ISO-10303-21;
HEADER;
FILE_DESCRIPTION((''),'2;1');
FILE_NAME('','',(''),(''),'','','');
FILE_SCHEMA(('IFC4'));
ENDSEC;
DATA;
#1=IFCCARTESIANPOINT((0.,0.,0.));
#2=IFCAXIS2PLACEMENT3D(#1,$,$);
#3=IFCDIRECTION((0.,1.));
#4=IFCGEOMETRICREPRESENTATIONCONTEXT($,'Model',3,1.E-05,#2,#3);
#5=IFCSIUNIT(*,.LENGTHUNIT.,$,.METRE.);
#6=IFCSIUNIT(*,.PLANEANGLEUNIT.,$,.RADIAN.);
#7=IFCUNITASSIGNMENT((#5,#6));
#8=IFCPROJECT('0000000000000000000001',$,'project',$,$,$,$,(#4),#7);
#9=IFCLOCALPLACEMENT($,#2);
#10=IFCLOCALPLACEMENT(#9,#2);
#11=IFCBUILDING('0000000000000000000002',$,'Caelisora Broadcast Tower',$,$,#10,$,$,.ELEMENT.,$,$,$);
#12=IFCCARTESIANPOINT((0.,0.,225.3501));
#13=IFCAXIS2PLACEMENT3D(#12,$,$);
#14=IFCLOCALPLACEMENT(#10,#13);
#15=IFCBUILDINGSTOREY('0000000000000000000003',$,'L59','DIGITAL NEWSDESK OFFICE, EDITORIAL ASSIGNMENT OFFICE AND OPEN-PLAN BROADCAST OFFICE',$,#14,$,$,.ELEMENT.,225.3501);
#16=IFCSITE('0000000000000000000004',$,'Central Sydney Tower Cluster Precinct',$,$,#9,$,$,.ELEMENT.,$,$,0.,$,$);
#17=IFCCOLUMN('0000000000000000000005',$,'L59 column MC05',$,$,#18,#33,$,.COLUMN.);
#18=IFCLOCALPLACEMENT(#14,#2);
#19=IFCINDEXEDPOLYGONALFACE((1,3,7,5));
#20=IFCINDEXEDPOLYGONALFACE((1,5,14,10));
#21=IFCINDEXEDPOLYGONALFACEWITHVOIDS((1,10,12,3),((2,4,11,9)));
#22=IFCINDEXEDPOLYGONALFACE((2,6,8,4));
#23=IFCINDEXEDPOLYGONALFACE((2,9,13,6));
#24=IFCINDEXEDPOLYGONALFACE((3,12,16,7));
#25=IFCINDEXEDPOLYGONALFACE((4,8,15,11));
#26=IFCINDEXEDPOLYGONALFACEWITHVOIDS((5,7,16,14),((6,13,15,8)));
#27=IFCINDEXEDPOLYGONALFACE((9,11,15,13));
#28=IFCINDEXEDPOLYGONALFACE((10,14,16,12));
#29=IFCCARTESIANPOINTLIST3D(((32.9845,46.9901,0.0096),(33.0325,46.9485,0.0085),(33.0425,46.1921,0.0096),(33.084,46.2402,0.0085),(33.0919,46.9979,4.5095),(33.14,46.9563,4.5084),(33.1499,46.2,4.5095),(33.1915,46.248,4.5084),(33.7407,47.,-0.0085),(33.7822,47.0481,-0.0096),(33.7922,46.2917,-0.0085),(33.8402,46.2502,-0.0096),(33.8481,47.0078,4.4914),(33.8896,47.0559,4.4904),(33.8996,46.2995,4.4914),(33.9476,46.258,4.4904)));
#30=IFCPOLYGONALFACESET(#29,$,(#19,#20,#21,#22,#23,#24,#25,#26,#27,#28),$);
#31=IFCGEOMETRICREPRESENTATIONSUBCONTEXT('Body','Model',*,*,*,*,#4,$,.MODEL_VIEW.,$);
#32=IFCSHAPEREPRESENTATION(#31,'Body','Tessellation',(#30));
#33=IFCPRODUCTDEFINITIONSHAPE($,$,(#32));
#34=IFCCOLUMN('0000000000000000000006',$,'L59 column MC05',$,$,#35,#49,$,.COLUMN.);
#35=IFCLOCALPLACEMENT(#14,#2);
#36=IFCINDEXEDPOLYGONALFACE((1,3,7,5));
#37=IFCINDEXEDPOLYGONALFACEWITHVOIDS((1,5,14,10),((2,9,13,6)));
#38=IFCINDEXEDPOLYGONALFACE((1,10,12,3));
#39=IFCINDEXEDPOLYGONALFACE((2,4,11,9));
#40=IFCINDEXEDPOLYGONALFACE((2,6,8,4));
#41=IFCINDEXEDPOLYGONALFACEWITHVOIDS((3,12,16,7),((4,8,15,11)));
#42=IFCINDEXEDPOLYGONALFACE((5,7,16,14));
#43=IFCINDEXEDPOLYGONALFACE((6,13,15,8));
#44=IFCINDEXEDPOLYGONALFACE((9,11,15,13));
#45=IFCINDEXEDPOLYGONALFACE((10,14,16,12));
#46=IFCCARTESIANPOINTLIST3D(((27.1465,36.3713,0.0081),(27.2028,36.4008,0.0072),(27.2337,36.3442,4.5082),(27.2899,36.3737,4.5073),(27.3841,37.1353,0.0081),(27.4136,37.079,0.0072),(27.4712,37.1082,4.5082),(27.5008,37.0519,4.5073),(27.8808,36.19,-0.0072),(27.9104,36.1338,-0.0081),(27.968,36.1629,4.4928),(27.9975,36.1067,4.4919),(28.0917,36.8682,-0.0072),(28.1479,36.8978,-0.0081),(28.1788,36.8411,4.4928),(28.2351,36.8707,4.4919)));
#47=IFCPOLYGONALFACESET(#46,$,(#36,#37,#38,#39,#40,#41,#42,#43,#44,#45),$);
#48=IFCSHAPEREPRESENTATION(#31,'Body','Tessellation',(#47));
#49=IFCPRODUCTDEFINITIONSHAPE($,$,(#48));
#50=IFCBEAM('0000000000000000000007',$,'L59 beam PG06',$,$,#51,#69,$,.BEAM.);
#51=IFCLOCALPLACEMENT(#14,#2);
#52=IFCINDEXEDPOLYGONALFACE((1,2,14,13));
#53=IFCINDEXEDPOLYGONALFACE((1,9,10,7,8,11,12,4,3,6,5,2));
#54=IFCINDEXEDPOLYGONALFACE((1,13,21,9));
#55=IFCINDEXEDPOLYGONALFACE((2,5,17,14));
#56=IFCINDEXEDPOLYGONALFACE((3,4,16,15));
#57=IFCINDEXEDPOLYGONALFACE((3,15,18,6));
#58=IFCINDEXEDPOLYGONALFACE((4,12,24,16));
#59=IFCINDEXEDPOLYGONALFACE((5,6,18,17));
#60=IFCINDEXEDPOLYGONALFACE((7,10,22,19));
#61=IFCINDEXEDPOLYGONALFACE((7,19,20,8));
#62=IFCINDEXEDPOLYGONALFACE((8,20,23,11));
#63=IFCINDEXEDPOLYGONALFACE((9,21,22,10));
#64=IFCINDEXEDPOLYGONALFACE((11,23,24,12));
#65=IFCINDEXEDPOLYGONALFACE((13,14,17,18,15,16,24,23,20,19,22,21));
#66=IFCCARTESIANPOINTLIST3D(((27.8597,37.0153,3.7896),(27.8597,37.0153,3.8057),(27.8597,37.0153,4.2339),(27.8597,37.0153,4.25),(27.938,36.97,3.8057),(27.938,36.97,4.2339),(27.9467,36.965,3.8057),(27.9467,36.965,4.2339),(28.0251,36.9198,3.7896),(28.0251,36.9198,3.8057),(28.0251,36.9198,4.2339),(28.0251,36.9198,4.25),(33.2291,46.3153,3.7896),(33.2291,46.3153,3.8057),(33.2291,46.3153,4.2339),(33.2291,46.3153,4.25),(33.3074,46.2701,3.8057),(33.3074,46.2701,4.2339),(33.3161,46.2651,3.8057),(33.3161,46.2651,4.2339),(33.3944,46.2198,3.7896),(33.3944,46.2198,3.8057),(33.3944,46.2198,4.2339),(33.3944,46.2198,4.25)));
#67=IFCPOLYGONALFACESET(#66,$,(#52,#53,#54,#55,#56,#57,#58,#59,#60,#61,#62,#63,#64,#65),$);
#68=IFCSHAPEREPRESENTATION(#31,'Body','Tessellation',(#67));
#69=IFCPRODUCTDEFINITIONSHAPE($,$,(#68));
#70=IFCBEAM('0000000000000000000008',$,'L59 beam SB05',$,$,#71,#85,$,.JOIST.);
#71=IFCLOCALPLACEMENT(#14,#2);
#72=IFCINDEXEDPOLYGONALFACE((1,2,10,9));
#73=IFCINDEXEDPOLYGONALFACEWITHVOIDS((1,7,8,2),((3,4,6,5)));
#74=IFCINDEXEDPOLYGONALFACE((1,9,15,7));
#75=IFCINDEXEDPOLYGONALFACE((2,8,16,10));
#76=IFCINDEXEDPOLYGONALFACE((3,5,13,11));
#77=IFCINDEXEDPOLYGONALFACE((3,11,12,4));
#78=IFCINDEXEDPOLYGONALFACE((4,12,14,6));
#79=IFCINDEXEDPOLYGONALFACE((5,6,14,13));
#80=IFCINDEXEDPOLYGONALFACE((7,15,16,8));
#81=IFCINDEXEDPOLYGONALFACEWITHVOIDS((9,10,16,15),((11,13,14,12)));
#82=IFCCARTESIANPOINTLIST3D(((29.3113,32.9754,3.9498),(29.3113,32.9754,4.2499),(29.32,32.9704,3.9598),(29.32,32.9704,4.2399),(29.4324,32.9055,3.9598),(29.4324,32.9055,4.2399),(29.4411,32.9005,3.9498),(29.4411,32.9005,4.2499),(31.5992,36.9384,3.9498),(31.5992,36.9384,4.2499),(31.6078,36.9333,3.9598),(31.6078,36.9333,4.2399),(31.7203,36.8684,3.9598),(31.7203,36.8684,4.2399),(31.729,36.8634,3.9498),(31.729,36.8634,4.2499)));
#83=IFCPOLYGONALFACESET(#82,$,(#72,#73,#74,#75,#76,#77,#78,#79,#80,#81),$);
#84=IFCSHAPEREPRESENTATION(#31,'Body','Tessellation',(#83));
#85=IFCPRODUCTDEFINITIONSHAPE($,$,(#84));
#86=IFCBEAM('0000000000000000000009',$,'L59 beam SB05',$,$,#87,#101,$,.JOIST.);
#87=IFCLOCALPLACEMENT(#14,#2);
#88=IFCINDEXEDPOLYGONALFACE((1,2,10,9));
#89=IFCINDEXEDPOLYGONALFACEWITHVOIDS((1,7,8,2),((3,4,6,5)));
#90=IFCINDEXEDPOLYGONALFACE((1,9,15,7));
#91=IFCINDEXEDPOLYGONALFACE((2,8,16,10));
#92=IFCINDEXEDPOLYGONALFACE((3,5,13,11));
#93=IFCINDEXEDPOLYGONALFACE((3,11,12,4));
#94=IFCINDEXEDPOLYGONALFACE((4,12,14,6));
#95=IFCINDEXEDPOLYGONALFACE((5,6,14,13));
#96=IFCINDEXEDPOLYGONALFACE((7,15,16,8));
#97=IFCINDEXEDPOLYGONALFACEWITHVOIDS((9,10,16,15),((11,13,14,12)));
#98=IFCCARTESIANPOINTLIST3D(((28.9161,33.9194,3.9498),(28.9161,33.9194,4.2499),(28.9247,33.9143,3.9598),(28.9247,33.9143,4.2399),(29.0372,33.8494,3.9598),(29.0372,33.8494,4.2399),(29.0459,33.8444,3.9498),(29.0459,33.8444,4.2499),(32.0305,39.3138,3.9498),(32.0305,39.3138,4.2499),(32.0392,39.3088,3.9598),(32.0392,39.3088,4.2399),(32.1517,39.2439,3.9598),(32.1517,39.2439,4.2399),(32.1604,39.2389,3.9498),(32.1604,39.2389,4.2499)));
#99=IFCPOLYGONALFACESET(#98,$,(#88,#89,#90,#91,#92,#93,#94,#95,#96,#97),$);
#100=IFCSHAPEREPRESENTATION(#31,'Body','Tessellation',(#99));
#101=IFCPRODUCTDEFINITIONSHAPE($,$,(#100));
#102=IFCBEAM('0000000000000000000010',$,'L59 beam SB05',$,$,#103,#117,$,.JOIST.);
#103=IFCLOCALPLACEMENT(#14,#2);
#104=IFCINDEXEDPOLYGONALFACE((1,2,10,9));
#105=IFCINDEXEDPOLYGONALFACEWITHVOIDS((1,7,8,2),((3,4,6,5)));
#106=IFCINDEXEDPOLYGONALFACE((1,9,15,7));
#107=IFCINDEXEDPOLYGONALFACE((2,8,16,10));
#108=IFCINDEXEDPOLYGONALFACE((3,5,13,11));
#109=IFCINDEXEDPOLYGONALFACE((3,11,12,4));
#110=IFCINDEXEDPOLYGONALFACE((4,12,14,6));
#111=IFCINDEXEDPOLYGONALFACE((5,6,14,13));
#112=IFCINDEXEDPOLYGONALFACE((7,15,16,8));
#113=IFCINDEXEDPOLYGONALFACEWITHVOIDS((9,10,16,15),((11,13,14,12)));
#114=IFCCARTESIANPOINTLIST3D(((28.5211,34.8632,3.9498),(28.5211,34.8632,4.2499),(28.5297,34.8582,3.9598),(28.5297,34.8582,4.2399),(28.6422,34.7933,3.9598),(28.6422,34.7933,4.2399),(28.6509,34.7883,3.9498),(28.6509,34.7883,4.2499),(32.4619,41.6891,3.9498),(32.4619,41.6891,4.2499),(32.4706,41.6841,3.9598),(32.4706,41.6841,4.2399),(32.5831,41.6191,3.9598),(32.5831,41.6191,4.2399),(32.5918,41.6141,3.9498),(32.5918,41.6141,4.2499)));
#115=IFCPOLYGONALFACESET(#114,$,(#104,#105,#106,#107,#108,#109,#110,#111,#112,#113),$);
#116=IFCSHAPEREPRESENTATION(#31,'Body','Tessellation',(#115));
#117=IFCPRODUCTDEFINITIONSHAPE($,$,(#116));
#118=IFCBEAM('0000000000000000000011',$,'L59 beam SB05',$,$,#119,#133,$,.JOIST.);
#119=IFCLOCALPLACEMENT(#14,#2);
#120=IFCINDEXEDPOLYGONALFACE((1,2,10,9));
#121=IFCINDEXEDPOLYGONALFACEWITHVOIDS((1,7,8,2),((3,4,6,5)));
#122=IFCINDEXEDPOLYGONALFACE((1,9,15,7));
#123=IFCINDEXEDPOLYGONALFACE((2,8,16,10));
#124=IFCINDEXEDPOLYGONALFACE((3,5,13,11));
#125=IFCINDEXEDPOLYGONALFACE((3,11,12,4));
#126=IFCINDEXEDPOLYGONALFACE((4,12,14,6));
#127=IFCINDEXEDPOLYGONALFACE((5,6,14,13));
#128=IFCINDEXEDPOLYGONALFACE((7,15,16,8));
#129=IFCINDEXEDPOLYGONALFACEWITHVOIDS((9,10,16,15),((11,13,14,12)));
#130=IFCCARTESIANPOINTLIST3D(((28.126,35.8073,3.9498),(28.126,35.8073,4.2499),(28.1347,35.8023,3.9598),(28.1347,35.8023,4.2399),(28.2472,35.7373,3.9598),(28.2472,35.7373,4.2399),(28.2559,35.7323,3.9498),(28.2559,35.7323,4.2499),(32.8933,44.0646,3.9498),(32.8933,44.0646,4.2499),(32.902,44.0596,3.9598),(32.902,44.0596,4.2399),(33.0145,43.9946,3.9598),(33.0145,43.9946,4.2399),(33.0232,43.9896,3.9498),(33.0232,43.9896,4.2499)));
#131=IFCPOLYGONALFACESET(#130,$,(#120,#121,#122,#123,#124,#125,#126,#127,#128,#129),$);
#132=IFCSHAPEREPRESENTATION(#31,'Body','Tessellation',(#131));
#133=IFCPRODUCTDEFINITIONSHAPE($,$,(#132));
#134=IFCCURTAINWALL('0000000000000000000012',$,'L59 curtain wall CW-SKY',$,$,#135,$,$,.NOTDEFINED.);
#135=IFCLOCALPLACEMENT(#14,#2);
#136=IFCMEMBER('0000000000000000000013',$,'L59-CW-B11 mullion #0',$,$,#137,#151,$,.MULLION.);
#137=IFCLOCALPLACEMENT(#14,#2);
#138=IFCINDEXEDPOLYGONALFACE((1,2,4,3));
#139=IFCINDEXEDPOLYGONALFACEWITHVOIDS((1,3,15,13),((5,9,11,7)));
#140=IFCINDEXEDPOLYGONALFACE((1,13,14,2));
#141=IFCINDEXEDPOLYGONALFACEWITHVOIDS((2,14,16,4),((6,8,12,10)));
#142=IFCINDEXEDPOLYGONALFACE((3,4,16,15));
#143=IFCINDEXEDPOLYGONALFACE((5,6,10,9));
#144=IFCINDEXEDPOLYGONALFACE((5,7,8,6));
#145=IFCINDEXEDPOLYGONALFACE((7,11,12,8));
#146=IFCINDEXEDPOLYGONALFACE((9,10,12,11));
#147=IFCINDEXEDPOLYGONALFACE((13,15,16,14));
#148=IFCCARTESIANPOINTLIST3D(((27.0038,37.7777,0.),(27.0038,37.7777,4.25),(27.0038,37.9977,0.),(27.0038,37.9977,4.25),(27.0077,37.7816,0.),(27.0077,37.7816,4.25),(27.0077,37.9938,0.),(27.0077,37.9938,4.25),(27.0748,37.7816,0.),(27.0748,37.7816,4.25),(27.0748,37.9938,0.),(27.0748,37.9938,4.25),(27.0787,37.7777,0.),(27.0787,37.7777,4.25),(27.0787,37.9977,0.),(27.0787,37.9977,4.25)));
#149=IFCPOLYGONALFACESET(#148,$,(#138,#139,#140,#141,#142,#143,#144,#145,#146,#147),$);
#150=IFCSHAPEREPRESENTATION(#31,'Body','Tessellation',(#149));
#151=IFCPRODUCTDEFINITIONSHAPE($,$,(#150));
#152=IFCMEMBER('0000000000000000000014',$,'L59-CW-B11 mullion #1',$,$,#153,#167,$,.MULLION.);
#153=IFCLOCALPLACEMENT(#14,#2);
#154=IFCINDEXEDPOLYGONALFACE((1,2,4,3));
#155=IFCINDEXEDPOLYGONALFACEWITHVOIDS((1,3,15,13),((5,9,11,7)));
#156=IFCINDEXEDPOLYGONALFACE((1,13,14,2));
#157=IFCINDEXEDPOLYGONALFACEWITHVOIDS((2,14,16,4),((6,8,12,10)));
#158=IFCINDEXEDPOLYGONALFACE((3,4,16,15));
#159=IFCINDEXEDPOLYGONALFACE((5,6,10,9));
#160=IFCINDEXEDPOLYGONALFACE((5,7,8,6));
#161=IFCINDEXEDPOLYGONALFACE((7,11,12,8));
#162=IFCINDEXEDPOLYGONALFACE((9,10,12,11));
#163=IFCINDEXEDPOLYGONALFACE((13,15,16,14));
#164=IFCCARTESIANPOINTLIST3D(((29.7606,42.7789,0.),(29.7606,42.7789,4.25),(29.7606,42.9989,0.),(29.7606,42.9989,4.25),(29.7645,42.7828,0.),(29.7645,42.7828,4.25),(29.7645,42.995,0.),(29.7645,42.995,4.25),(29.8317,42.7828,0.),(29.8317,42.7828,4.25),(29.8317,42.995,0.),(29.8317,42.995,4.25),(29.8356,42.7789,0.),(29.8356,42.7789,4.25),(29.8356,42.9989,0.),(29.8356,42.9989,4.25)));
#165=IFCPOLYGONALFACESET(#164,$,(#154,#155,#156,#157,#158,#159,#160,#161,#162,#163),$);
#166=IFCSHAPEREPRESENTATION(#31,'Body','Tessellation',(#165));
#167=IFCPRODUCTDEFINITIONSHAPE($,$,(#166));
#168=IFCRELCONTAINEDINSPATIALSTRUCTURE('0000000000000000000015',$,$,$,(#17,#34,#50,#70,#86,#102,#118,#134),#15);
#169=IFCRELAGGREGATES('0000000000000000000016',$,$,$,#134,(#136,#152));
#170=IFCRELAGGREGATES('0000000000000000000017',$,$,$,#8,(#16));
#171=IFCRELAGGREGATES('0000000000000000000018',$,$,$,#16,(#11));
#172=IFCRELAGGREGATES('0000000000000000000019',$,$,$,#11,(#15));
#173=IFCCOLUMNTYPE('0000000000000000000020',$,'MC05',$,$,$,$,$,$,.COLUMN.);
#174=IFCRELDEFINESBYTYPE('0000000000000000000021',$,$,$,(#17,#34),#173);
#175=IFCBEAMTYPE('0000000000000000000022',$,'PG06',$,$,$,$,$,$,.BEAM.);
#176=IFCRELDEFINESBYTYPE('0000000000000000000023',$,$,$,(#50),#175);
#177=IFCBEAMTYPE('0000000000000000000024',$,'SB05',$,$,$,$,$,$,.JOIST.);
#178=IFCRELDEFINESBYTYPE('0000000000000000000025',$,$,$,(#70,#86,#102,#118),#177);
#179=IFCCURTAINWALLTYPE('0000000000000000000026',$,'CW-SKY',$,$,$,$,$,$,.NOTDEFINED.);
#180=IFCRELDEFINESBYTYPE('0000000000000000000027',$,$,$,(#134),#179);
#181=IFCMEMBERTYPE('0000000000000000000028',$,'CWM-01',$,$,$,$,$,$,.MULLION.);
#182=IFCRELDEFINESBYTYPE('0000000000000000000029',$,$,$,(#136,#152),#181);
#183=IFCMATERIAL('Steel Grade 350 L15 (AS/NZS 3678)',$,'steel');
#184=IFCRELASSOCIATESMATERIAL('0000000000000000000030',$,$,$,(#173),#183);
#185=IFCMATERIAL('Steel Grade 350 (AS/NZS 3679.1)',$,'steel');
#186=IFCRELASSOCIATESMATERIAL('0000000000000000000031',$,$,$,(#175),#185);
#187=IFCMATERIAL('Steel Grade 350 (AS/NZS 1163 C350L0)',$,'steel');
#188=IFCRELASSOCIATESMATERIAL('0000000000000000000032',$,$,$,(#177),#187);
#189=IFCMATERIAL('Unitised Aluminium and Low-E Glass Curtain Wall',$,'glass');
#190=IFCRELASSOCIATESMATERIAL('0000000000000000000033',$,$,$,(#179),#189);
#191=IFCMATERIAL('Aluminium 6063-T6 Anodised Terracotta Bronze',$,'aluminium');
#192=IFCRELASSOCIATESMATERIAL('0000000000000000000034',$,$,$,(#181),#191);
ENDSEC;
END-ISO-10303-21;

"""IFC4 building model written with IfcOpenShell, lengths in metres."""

from ifc_helpers import new_model, si_unit, direction, frame, origin, origin_2d, place, context, subcontext, project, spatial, hollow_rectangle, i_section, extrude, source, transform, mapped, material, material_profile, profile_set, type_object, type_shapes, element, aggregate, save


model = new_model("IFC4")

# Units and contexts
model_context = context("Model", 3, precision=1e-05, world=origin(), true_north=direction((0.0, 1.0)))
body_context = subcontext(model_context, "Body", "Model", "MODEL_VIEW")
ifc_project = project(units=[si_unit("LENGTHUNIT", "METRE"), si_unit("PLANEANGLEUNIT", "RADIAN")], contexts=[model_context])

# Site, building, storey
site_placement = place(None, origin())
site = spatial("IfcSite", under=ifc_project, at=site_placement, Name="Central Sydney Tower Cluster Precinct", CompositionType="ELEMENT", RefElevation=0.0)
building_placement = place(site_placement, origin())
building = spatial("IfcBuilding", under=site, at=building_placement, Name="Caelisora Broadcast Tower", CompositionType="ELEMENT")
storey_placement = place(building_placement, frame((0.0, 0.0, 225.3501)))
storey = spatial("IfcBuildingStorey", under=building, at=storey_placement, Name="L59", Description="DIGITAL NEWSDESK OFFICE, EDITORIAL ASSIGNMENT OFFICE AND OPEN-PLAN BROADCAST OFFICE", CompositionType="ELEMENT", Elevation=225.3501)

# Columns
ifc_material_1 = material(Name="Steel Grade 350 L15 (AS/NZS 3678)", Category="steel")
ifc_material_profile_1 = material_profile(ifc_material_1, hollow_rectangle(XDim=0.8, YDim=0.8, WallThickness=0.0449, at=origin_2d()), Name="Steel Grade 350 L15 (AS/NZS 3678)")
ifc_profile_set_1 = profile_set([ifc_material_profile_1], Name="Steel Grade 350 L15 (AS/NZS 3678)")
column_type = type_object("IfcColumnType", Name="MC05", PredefinedType="COLUMN", material=ifc_profile_set_1)
shared_shape_1 = source(origin(), body_context, "Body", "SweptSolid", [
    extrude(hollow_rectangle(XDim=0.8, YDim=0.8, WallThickness=0.0449, at=origin_2d()), origin(), (0.0, 0.0, 1.0), 4.5012),
])
column_1_placement = place(storey_placement, frame((33.4124, 46.6201, 0.0), z_axis=(0.023865, 0.001736, 0.999714), x_axis=(-0.072536, 0.997366, 0.0)))
element("IfcColumn", 1, at=column_1_placement, inside=storey, type_object=column_type, Name="L59 column MC05", PredefinedType="COLUMN", context=body_context, shape_type="MappedRepresentation", body=[
    mapped(shared_shape_1, transform((0.0, 0.0, 0.0), scale=1.0)),
])
shared_shape_2 = source(origin(), body_context, "Body", "SweptSolid", [
    extrude(hollow_rectangle(XDim=0.8, YDim=0.8, WallThickness=0.0449, at=origin_2d()), origin(), (0.0, 0.0, 1.0), 4.501),
])
type_shapes(column_type, [shared_shape_1, shared_shape_2])
column_2_placement = place(storey_placement, frame((27.6472, 36.6345, 0.0), z_axis=(0.019365, -0.006021, 0.999794), x_axis=(0.296904, 0.954907, 0.0)))
element("IfcColumn", 2, at=column_2_placement, inside=storey, type_object=column_type, Name="L59 column MC05", PredefinedType="COLUMN", context=body_context, shape_type="MappedRepresentation", body=[
    mapped(shared_shape_2, transform((0.0, 0.0, 0.0), scale=1.0)),
])

# Beams
ifc_material_2 = material(Name="Steel Grade 350 (AS/NZS 3679.1)", Category="steel")
ifc_material_profile_2 = material_profile(ifc_material_2, i_section(OverallWidth=0.1909, OverallDepth=0.4604, WebThickness=0.01, FlangeThickness=0.0161, at=origin_2d()), Name="Steel Grade 350 (AS/NZS 3679.1)")
ifc_profile_set_2 = profile_set([ifc_material_profile_2], Name="Steel Grade 350 (AS/NZS 3679.1)")
beam_type_1 = type_object("IfcBeamType", Name="PG06", PredefinedType="BEAM", material=ifc_profile_set_2)
shared_shape_3 = source(origin(), body_context, "Body", "SweptSolid", [
    extrude(i_section(OverallWidth=0.1909, OverallDepth=0.4604, WebThickness=0.01, FlangeThickness=0.0161, at=origin_2d()), origin(), (0.0, 0.0, 1.0), 10.7388),
])
type_shapes(beam_type_1, [shared_shape_3])
beam_1_placement = place(storey_placement, frame((33.3118, 46.2676, 4.0198), z_axis=(-0.5, -0.866025, 0.0), x_axis=(0.866025, -0.5, 0.0)))
element("IfcBeam", 3, at=beam_1_placement, inside=storey, type_object=beam_type_1, Name="L59 beam PG06", PredefinedType="BEAM", context=body_context, shape_type="MappedRepresentation", body=[
    mapped(shared_shape_3, transform((0.0, 0.0, 0.0), scale=1.0)),
])
ifc_material_3 = material(Name="Steel Grade 350 (AS/NZS 1163 C350L0)", Category="steel")
ifc_material_profile_3 = material_profile(ifc_material_3, hollow_rectangle(XDim=0.1499, YDim=0.3, WallThickness=0.01, at=origin_2d()), Name="Steel Grade 350 (AS/NZS 1163 C350L0)")
ifc_profile_set_3 = profile_set([ifc_material_profile_3], Name="Steel Grade 350 (AS/NZS 1163 C350L0)")
beam_type_2 = type_object("IfcBeamType", Name="SB05", PredefinedType="JOIST", material=ifc_profile_set_3)
shared_shape_4 = source(origin(), body_context, "Body", "SweptSolid", [
    extrude(hollow_rectangle(XDim=0.1499, YDim=0.3, WallThickness=0.01, at=origin_2d()), origin(), (0.0, 0.0, 1.0), 4.5759),
])
beam_2_placement = place(storey_placement, frame((31.6641, 36.9009, 4.0999), z_axis=(-0.499978, -0.866038, 0.0), x_axis=(0.866038, -0.499978, 0.0)))
element("IfcBeam", 4, at=beam_2_placement, inside=storey, type_object=beam_type_2, Name="L59 beam SB05", PredefinedType="JOIST", context=body_context, shape_type="MappedRepresentation", body=[
    mapped(shared_shape_4, transform((0.0, 0.0, 0.0), scale=1.0)),
])
shared_shape_5 = source(origin(), body_context, "Body", "SweptSolid", [
    extrude(hollow_rectangle(XDim=0.1499, YDim=0.3, WallThickness=0.01, at=origin_2d()), origin(), (0.0, 0.0, 1.0), 6.229),
])
beam_3_placement = place(storey_placement, frame((32.0955, 39.2764, 4.0999), z_axis=(-0.499996, -0.866028, 0.0), x_axis=(0.866028, -0.499996, 0.0)))
element("IfcBeam", 5, at=beam_3_placement, inside=storey, type_object=beam_type_2, Name="L59 beam SB05", PredefinedType="JOIST", context=body_context, shape_type="MappedRepresentation", body=[
    mapped(shared_shape_5, transform((0.0, 0.0, 0.0), scale=1.0)),
])
shared_shape_6 = source(origin(), body_context, "Body", "SweptSolid", [
    extrude(hollow_rectangle(XDim=0.1499, YDim=0.3, WallThickness=0.01, at=origin_2d()), origin(), (0.0, 0.0, 1.0), 7.8818),
])
beam_4_placement = place(storey_placement, frame((32.5269, 41.6516, 4.0999), z_axis=(-0.499997, -0.866027, 0.0), x_axis=(0.866027, -0.499997, 0.0)))
element("IfcBeam", 6, at=beam_4_placement, inside=storey, type_object=beam_type_2, Name="L59 beam SB05", PredefinedType="JOIST", context=body_context, shape_type="MappedRepresentation", body=[
    mapped(shared_shape_6, transform((0.0, 0.0, 0.0), scale=1.0)),
])
shared_shape_7 = source(origin(), body_context, "Body", "SweptSolid", [
    extrude(hollow_rectangle(XDim=0.1499, YDim=0.3, WallThickness=0.01, at=origin_2d()), origin(), (0.0, 0.0, 1.0), 9.5347),
])
type_shapes(beam_type_2, [shared_shape_4, shared_shape_5, shared_shape_6, shared_shape_7])
beam_5_placement = place(storey_placement, frame((32.9583, 44.0271, 4.0999), z_axis=(-0.499997, -0.866027, 0.0), x_axis=(0.866027, -0.499997, 0.0)))
element("IfcBeam", 7, at=beam_5_placement, inside=storey, type_object=beam_type_2, Name="L59 beam SB05", PredefinedType="JOIST", context=body_context, shape_type="MappedRepresentation", body=[
    mapped(shared_shape_7, transform((0.0, 0.0, 0.0), scale=1.0)),
])

# Curtain wall, members
ifc_material_4 = material(Name="Unitised Aluminium and Low-E Glass Curtain Wall", Category="glass")
curtain_wall_type_1 = type_object("IfcCurtainWallType", Name="CW-SKY", PredefinedType="NOTDEFINED", material=ifc_material_4)
curtain_wall_1_placement = place(storey_placement, origin())
curtain_wall_1 = element("IfcCurtainWall", 8, at=curtain_wall_1_placement, inside=storey, type_object=curtain_wall_type_1, Name="L59 curtain wall CW-SKY", PredefinedType="NOTDEFINED")
ifc_material_5 = material(Name="Aluminium 6063-T6 Anodised Terracotta Bronze", Category="aluminium")
ifc_material_profile_4 = material_profile(ifc_material_5, hollow_rectangle(XDim=0.075, YDim=0.22, WallThickness=0.0039, at=origin_2d()), Name="Aluminium 6063-T6 Anodised Terracotta Bronze")
ifc_profile_set_4 = profile_set([ifc_material_profile_4], Name="Aluminium 6063-T6 Anodised Terracotta Bronze")
member_type_1 = type_object("IfcMemberType", Name="CWM-01", PredefinedType="MULLION", material=ifc_profile_set_4)
shared_shape_8 = source(origin(), body_context, "Body", "SweptSolid", [
    extrude(hollow_rectangle(XDim=0.075, YDim=0.22, WallThickness=0.0039, at=origin_2d()), origin(), (0.0, 0.0, 1.0), 4.25),
])
type_shapes(member_type_1, [shared_shape_8])
member_1_placement = place(storey_placement, frame((27.0413, 37.8877, 0.0), z_axis=(0.0, 0.0, 1.0), x_axis=(1.0, 0.0, 0.0)))
member_1 = element("IfcMember", 9, at=member_1_placement, type_object=member_type_1, Name="L59-CW-B11 mullion #0", PredefinedType="MULLION", context=body_context, shape_type="MappedRepresentation", body=[
    mapped(shared_shape_8, transform((0.0, 0.0, 0.0), scale=1.0)),
])
member_2_placement = place(storey_placement, frame((29.7981, 42.8889, 0.0), z_axis=(0.0, 0.0, 1.0), x_axis=(1.0, 0.0, 0.0)))
member_2 = element("IfcMember", 10, at=member_2_placement, type_object=member_type_1, Name="L59-CW-B11 mullion #1", PredefinedType="MULLION", context=body_context, shape_type="MappedRepresentation", body=[
    mapped(shared_shape_8, transform((0.0, 0.0, 0.0), scale=1.0)),
])

aggregate(curtain_wall_1, [member_1, member_2])

save(model, "model.ifc")
